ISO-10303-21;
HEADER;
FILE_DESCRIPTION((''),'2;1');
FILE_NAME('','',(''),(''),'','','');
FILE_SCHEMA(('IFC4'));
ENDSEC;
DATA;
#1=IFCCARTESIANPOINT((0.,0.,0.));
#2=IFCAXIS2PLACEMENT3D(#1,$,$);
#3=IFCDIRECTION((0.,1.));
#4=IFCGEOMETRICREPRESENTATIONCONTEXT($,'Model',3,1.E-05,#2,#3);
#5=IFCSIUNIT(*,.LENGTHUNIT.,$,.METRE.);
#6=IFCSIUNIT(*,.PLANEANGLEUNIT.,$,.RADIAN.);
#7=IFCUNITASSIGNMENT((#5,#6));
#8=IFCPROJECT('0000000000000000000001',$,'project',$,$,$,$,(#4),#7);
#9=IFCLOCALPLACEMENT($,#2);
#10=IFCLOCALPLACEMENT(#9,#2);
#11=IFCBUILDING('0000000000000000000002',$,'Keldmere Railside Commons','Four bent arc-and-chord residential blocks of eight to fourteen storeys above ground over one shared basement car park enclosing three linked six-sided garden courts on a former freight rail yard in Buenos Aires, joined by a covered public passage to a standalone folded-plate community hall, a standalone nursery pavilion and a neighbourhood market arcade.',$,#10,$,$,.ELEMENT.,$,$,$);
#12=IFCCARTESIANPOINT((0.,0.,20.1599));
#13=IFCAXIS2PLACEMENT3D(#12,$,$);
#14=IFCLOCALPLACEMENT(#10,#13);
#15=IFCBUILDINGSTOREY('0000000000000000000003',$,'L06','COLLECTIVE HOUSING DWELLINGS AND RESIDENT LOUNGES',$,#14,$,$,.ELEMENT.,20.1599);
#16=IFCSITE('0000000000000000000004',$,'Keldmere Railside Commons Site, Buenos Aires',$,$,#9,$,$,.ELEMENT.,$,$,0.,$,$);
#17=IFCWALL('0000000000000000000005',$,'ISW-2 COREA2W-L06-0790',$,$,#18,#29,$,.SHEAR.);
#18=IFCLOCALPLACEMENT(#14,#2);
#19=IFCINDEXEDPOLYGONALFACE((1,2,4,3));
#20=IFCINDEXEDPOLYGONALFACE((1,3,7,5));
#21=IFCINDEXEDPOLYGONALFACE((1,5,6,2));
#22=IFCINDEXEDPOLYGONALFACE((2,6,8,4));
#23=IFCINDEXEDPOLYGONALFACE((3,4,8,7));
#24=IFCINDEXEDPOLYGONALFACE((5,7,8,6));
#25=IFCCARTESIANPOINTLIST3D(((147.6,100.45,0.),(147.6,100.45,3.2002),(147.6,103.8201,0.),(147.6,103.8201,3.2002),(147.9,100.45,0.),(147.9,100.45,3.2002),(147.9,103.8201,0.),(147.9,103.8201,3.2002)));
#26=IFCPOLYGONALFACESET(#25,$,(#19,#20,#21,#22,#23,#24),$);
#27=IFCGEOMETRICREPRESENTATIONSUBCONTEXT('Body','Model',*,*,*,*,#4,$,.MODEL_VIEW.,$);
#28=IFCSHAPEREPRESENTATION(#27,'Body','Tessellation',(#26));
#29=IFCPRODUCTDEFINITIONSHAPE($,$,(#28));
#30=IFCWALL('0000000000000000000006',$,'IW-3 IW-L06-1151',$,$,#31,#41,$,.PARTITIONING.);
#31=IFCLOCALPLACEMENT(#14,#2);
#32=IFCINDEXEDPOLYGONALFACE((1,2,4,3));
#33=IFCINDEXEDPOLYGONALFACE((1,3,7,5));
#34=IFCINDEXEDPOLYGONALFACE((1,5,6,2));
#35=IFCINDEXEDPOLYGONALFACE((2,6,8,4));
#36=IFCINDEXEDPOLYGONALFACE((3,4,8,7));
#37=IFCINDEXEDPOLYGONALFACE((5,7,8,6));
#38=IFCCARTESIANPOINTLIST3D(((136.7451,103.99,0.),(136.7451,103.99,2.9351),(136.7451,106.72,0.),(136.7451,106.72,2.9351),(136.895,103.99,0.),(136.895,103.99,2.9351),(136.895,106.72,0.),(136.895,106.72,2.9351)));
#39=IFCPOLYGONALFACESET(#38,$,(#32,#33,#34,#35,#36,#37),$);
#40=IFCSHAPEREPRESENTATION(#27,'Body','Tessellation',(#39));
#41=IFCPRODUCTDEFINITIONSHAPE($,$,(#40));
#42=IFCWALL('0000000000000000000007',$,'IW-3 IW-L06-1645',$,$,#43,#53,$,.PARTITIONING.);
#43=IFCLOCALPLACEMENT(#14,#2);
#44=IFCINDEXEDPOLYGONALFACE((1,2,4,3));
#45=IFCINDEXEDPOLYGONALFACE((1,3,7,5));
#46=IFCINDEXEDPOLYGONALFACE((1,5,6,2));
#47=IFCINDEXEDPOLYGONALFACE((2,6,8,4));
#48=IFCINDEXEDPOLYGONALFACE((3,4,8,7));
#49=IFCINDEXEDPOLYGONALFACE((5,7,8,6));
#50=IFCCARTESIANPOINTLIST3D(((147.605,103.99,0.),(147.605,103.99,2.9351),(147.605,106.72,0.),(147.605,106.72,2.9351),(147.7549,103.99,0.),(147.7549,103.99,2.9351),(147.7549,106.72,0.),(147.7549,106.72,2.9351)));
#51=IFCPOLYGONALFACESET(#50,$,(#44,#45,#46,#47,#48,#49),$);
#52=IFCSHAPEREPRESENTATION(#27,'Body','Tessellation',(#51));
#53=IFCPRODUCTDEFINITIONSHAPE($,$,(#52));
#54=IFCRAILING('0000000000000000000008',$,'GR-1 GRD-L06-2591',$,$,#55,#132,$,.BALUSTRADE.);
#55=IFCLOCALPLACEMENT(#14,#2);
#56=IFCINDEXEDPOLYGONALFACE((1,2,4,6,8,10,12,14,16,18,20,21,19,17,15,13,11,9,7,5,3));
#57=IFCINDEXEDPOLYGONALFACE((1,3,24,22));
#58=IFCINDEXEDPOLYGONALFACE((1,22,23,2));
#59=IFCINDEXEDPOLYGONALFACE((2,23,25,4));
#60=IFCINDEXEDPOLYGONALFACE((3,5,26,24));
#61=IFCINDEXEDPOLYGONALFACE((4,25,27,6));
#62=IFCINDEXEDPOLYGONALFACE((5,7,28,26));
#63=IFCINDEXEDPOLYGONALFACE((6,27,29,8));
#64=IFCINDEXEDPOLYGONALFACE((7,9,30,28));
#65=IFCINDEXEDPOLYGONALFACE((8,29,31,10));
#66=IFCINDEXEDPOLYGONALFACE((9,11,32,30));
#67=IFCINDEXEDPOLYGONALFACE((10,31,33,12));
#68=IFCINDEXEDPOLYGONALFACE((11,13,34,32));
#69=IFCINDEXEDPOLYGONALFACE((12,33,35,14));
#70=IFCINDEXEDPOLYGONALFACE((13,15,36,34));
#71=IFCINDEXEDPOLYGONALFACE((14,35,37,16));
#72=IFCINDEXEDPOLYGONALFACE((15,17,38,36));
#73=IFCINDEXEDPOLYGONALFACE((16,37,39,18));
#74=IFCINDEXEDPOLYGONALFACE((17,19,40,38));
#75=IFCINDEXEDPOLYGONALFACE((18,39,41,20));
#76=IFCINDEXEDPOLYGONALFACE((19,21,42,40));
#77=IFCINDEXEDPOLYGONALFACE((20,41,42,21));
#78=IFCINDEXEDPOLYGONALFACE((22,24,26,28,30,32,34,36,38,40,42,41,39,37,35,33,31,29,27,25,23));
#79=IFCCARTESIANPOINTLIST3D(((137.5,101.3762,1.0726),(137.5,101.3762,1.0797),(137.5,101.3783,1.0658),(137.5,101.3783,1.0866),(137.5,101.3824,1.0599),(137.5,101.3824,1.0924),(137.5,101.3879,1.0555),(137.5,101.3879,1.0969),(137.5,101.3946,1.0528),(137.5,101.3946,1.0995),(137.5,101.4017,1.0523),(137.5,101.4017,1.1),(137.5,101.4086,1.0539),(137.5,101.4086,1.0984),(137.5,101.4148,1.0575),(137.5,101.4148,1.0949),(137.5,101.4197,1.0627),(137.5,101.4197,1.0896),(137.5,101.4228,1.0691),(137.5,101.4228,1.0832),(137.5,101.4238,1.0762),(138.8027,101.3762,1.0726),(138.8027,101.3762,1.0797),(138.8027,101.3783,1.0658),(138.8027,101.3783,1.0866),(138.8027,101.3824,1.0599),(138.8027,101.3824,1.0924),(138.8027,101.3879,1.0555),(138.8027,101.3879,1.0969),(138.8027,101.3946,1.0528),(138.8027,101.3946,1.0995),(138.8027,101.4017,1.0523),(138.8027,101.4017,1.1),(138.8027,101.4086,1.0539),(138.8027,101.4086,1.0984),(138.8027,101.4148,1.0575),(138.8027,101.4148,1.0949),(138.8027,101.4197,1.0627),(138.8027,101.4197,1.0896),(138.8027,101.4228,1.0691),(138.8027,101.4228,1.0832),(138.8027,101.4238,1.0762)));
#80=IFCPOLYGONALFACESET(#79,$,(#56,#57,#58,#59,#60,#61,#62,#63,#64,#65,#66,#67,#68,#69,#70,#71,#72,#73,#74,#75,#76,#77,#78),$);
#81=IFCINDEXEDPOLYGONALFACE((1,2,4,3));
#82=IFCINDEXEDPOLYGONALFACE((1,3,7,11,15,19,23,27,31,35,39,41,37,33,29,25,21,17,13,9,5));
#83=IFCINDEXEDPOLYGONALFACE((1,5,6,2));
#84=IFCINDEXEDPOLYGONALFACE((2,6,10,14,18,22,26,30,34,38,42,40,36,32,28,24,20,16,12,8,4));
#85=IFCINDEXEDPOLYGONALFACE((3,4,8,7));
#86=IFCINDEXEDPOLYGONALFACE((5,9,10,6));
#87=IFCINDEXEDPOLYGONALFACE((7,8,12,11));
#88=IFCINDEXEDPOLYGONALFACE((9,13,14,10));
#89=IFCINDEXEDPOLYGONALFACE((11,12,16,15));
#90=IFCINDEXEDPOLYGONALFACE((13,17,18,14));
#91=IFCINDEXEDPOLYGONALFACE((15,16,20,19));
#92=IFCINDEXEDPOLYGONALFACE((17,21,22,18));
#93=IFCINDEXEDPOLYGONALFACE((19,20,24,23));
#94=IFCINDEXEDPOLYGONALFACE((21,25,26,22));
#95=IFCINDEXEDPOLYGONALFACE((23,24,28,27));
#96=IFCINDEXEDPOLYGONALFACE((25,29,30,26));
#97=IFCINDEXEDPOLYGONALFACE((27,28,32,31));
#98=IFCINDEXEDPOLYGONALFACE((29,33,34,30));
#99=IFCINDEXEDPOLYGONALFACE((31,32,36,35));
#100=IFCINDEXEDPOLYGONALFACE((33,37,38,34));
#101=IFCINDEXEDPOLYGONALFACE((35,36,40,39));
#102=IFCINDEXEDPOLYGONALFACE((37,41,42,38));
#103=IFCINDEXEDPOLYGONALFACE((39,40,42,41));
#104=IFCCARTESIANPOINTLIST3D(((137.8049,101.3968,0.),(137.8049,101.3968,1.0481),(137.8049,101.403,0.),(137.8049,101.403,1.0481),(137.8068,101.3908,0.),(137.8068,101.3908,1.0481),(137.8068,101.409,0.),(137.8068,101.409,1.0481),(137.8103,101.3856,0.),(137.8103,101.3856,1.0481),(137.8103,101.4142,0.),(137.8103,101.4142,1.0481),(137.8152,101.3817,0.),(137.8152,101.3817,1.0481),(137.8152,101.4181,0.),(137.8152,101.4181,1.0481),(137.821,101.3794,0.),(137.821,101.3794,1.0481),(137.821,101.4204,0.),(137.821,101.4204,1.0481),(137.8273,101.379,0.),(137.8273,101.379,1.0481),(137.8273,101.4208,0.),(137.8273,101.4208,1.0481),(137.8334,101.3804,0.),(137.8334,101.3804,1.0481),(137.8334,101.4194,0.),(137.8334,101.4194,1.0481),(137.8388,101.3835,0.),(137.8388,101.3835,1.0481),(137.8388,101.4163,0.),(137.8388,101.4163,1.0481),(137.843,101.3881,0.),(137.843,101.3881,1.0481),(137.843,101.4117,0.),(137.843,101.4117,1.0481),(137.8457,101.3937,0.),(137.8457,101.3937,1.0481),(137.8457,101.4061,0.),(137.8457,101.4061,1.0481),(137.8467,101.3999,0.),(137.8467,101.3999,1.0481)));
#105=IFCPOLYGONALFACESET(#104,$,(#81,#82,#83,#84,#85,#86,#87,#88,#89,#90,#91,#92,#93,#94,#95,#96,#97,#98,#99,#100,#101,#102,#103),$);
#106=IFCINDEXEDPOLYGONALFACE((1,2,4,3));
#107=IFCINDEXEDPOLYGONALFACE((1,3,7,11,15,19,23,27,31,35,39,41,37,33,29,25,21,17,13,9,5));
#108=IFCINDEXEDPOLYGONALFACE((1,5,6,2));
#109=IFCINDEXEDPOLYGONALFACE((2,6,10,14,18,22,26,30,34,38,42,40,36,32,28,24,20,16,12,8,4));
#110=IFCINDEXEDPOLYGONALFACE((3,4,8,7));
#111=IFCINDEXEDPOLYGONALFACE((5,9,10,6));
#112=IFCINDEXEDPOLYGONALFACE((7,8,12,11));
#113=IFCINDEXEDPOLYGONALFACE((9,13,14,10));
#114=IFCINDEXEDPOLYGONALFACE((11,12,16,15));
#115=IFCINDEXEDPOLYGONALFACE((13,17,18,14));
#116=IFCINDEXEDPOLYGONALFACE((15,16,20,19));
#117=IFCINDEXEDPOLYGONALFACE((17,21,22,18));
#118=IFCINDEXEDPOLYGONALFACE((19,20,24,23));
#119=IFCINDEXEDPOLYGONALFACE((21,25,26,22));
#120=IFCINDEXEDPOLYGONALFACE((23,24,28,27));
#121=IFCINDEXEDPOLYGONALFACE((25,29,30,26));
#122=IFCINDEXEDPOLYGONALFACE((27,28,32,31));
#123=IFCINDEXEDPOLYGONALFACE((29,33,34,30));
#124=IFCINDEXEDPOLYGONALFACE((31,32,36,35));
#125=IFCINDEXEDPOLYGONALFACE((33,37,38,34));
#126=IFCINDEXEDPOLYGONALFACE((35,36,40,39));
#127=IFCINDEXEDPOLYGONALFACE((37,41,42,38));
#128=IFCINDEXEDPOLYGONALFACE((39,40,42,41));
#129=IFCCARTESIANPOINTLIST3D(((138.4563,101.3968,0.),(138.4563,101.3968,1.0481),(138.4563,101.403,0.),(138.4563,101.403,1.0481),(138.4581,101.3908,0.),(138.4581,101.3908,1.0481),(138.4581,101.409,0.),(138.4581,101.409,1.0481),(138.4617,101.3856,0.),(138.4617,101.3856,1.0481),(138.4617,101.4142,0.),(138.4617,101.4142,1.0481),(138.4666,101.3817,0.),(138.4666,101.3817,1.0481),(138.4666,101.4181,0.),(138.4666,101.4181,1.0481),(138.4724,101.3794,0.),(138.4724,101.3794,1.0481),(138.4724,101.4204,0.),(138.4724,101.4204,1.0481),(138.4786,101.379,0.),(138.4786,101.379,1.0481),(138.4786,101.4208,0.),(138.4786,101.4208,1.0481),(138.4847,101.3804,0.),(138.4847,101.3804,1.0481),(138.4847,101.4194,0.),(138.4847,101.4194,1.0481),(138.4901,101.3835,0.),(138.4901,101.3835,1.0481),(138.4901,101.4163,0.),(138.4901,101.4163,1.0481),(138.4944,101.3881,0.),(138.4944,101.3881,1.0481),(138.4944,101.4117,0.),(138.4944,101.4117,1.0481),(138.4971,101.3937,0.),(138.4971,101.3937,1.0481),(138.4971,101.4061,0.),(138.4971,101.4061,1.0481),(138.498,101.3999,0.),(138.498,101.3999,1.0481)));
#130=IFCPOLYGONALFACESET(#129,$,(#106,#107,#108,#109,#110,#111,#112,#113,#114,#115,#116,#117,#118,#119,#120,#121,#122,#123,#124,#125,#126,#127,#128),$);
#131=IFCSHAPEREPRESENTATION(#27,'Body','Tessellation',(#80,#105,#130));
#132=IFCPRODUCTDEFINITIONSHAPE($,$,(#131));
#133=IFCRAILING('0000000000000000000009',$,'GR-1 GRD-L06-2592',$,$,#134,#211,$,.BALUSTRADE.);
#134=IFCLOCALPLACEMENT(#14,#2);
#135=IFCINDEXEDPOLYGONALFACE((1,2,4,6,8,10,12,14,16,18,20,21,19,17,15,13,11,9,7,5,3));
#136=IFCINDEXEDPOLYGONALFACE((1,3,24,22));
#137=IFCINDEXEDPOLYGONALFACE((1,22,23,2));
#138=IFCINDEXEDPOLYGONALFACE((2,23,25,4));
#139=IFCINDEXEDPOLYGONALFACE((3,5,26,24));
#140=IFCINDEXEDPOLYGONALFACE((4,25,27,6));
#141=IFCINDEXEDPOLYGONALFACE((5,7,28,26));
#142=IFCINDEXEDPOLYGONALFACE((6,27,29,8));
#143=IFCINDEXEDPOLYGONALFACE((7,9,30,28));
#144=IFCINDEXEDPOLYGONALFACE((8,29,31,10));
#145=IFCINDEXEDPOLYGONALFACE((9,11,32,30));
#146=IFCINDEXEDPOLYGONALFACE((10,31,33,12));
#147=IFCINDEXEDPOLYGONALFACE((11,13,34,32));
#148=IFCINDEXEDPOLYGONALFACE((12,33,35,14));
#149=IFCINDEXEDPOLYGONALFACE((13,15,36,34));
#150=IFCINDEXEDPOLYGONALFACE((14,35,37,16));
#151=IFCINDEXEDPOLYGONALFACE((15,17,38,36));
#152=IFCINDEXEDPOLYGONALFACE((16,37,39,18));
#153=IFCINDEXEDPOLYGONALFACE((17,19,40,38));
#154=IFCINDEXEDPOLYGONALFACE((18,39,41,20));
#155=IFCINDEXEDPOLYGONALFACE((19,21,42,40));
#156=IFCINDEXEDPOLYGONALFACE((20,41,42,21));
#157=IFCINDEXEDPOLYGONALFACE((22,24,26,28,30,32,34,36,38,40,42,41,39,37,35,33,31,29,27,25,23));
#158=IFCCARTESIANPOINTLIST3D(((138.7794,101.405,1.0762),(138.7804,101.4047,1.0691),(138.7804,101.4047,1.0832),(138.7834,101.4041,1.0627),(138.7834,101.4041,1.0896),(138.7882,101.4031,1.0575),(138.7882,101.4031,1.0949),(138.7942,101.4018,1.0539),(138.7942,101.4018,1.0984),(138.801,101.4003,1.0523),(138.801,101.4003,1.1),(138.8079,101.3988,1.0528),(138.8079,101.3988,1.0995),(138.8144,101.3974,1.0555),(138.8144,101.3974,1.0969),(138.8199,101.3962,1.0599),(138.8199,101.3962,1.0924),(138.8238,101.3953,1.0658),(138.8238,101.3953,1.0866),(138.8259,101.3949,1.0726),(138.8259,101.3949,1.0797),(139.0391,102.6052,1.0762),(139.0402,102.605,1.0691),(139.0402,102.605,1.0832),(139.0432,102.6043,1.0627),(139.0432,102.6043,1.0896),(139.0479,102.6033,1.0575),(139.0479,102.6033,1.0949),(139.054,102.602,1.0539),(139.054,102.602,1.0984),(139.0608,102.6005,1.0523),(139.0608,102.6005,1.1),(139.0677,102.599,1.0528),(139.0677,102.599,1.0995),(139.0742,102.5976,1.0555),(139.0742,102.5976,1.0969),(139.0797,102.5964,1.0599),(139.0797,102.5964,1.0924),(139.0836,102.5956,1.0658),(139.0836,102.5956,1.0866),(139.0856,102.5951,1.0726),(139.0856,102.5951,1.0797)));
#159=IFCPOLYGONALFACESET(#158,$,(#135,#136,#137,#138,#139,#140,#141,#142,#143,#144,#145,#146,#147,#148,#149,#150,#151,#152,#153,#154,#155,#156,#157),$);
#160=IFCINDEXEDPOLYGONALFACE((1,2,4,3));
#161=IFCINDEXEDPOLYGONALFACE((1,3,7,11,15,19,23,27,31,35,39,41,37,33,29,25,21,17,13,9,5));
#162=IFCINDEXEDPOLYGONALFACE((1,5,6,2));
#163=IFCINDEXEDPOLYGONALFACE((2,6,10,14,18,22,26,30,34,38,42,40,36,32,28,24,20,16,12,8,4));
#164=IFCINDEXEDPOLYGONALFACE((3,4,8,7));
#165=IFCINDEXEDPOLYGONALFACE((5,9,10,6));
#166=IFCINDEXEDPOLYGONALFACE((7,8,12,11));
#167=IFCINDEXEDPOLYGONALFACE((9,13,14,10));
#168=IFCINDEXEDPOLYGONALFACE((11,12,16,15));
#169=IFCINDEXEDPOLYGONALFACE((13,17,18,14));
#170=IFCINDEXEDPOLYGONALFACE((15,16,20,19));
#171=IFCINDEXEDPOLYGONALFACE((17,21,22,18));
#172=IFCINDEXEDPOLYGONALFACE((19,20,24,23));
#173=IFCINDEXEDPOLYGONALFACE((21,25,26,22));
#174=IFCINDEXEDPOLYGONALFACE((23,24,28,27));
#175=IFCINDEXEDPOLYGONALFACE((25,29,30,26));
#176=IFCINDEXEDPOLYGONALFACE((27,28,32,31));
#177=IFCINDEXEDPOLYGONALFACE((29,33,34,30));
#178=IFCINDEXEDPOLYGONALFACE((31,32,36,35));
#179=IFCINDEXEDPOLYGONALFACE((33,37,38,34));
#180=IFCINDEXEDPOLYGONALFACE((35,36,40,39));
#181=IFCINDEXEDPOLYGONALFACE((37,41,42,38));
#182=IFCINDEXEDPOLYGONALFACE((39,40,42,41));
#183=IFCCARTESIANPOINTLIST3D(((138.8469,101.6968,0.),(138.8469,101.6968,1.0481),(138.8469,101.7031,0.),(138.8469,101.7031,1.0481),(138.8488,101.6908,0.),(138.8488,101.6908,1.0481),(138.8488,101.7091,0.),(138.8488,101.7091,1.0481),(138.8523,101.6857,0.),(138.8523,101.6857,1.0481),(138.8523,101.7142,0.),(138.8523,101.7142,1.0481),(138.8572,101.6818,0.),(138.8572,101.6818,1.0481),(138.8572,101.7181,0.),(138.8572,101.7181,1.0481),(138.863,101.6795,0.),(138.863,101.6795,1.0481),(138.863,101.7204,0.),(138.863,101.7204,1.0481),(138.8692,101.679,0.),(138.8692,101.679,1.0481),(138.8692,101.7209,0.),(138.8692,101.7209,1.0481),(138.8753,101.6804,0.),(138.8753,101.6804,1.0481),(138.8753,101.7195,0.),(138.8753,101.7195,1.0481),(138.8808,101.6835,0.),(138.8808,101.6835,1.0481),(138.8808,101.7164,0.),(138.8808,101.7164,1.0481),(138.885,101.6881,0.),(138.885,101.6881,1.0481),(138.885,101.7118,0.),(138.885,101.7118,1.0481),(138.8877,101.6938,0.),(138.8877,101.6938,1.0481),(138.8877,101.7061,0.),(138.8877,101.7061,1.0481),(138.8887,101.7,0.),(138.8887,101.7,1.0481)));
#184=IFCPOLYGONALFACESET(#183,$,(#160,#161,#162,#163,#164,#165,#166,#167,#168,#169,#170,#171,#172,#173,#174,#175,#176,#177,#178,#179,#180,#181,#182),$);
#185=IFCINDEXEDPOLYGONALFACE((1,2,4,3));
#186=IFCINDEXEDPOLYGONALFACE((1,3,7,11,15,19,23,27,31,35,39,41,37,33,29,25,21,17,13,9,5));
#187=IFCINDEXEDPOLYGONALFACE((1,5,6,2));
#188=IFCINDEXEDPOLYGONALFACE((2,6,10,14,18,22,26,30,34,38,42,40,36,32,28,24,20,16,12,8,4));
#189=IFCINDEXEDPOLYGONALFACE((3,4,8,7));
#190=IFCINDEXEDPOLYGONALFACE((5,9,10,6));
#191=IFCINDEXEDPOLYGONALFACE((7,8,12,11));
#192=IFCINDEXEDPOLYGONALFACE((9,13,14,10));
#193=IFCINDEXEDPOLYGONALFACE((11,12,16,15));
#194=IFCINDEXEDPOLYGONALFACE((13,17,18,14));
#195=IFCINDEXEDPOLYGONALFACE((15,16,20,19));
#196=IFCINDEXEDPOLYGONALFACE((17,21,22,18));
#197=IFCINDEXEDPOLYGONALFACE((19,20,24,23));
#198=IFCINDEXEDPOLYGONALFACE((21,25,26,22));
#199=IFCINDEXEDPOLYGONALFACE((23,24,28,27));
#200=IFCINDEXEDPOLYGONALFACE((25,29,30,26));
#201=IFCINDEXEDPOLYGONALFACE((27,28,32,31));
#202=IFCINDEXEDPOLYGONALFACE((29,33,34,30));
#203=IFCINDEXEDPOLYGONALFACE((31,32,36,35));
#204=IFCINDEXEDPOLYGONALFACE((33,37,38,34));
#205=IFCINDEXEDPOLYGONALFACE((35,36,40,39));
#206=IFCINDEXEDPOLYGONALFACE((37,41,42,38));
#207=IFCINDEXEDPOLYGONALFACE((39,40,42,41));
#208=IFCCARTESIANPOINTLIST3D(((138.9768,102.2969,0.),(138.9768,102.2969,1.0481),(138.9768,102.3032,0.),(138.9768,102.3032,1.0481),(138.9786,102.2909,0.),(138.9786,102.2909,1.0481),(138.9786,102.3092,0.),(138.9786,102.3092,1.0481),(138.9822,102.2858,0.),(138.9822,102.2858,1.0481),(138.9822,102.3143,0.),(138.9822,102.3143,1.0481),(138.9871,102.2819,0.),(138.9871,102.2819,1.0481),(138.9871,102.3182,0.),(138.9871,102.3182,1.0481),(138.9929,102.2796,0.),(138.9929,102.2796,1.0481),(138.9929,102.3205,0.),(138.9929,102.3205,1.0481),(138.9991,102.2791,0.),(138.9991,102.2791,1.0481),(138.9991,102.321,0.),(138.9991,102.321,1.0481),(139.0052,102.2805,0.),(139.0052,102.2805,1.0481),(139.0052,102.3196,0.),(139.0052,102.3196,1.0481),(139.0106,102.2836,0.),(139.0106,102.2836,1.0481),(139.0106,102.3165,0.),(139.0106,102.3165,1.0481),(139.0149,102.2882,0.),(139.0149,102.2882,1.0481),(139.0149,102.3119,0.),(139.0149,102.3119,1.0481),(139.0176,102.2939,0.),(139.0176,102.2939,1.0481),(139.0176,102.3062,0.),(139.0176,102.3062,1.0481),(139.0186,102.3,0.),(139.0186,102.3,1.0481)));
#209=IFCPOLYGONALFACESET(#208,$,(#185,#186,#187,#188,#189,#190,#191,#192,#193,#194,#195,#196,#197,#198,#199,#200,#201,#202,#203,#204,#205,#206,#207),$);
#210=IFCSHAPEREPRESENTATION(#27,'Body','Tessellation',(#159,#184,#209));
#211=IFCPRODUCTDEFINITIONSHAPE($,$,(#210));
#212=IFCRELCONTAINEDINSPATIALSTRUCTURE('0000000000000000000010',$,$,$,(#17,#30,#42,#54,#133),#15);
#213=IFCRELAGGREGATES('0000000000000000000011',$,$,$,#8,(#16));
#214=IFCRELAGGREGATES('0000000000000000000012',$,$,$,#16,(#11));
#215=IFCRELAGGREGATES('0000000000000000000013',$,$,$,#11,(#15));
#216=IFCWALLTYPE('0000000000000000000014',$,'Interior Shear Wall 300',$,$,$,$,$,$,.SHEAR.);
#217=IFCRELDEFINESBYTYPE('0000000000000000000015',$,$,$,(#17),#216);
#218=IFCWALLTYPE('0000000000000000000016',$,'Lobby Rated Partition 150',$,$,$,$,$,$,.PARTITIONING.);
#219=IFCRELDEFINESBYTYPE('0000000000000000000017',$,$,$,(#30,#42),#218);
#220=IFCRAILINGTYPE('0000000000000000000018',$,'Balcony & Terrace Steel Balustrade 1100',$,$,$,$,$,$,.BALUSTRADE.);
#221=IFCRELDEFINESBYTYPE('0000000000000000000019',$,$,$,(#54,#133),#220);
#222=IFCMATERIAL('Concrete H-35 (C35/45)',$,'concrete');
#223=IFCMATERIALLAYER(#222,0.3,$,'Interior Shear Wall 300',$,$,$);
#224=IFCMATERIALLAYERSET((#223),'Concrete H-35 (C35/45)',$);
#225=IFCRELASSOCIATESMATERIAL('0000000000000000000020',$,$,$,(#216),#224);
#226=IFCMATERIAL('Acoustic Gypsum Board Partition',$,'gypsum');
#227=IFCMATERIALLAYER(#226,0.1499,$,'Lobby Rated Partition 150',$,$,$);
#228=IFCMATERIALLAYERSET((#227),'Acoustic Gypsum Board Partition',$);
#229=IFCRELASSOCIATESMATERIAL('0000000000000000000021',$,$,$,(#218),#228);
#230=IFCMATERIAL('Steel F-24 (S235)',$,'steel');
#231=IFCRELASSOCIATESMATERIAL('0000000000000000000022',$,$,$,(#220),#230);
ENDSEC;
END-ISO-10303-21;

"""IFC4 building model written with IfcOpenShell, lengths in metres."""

from ifc_helpers import new_model, si_unit, direction, frame, frame_2d, origin, origin_2d, place, context, subcontext, project, spatial, rectangle, circle, extrude, material, layer, layer_set, type_object, element, save


model = new_model("IFC4")

# Units and contexts
model_context = context("Model", 3, precision=1e-05, world=origin(), true_north=direction((0.0, 1.0)))
body_context = subcontext(model_context, "Body", "Model", "MODEL_VIEW")
ifc_project = project(units=[si_unit("LENGTHUNIT", "METRE"), si_unit("PLANEANGLEUNIT", "RADIAN")], contexts=[model_context])

# Site, building, storey
site_placement = place(None, origin())
site = spatial("IfcSite", under=ifc_project, at=site_placement, Name="Keldmere Railside Commons Site, Buenos Aires", CompositionType="ELEMENT", RefElevation=0.0)
building_placement = place(site_placement, origin())
building = spatial("IfcBuilding", under=site, at=building_placement, Name="Keldmere Railside Commons", Description="Four bent arc-and-chord residential blocks of eight to fourteen storeys above ground over one shared basement car park enclosing three linked six-sided garden courts on a former freight rail yard in Buenos Aires, joined by a covered public passage to a standalone folded-plate community hall, a standalone nursery pavilion and a neighbourhood market arcade.", CompositionType="ELEMENT")
storey_placement = place(building_placement, frame((0.0, 0.0, 20.1599)))
storey = spatial("IfcBuildingStorey", under=building, at=storey_placement, Name="L06", Description="COLLECTIVE HOUSING DWELLINGS AND RESIDENT LOUNGES", CompositionType="ELEMENT", Elevation=20.1599)

# Shared definitions
ifc_material_1 = material(Name="Acoustic Gypsum Board Partition", Category="gypsum")
ifc_material_2 = material(Name="Steel F-24 (S235)", Category="steel")

# Shared definitions
ifc_material_3 = material(Name="Concrete H-35 (C35/45)", Category="concrete")

# Wall
ifc_layer_1 = layer(ifc_material_3, 0.3, Name="Interior Shear Wall 300")
ifc_layer_set_1 = layer_set([ifc_layer_1], Name="Concrete H-35 (C35/45)")
wall_type_1 = type_object("IfcWallType", Name="Interior Shear Wall 300", PredefinedType="SHEAR", material=ifc_layer_set_1)
wall_1_placement = place(storey_placement, frame((147.75, 103.8201, 0.0), z_axis=(0.0, 0.0, 1.0), x_axis=(0.0, -1.0, 0.0)))
element("IfcWall", 1, at=wall_1_placement, inside=storey, type_object=wall_type_1, Name="ISW-2 COREA2W-L06-0790", PredefinedType="SHEAR", context=body_context, shape_type="SweptSolid", body=[
    extrude(rectangle(XDim=3.3701, YDim=0.3, at=frame_2d((1.6851, 0.0))), origin(), (0.0, 0.0, 1.0), 3.2002),
])

# Walls
ifc_layer_2 = layer(ifc_material_1, 0.1499, Name="Lobby Rated Partition 150")
ifc_layer_set_2 = layer_set([ifc_layer_2], Name="Acoustic Gypsum Board Partition")
wall_type_2 = type_object("IfcWallType", Name="Lobby Rated Partition 150", PredefinedType="PARTITIONING", material=ifc_layer_set_2)
for number, where, z_axis, x_axis, name in (
    (2, (136.8201, 103.99, 0.0), (0.0, 0.0, 1.0), (0.0, 1.0, 0.0), "IW-3 IW-L06-1151"),
    (3, (147.6799, 103.99, 0.0), (0.0, 0.0, 1.0), (0.0, 1.0, 0.0), "IW-3 IW-L06-1645"),
):
    element("IfcWall", number, at=place(storey_placement, frame(where, z_axis=z_axis, x_axis=x_axis)), inside=storey, type_object=wall_type_2, Name=name, PredefinedType="PARTITIONING", context=body_context, shape_type="SweptSolid", body=[
        extrude(rectangle(XDim=2.73, YDim=0.1499, at=frame_2d((1.365, 0.0))), origin(), (0.0, 0.0, 1.0), 2.9351),
    ])

# Railings
railing_type_1 = type_object("IfcRailingType", Name="Balcony & Terrace Steel Balustrade 1100", PredefinedType="BALUSTRADE", material=ifc_material_2)
railing_1_placement = place(storey_placement, frame((137.5, 101.3999, 0.0)))
element("IfcRailing", 4, at=railing_1_placement, inside=storey, type_object=railing_type_1, Name="GR-1 GRD-L06-2591", PredefinedType="BALUSTRADE", context=body_context, shape_type="SweptSolid", body=[
    extrude(circle(Radius=0.0239, at=origin_2d()), frame((0.0, 0.0, 1.0762), z_axis=(1.0, 0.0, 0.0), x_axis=(0.0, 1.0, 0.0)), (0.0, 0.0, 1.0), 1.3027),
    extrude(circle(Radius=0.021, at=origin_2d()), frame((0.3257, 0.0, 0.0)), (0.0, 0.0, 1.0), 1.0481),
    extrude(circle(Radius=0.021, at=origin_2d()), frame((0.9771, 0.0, 0.0)), (0.0, 0.0, 1.0), 1.0481),
])
railing_2_placement = place(storey_placement, frame((138.8027, 101.3999, 0.0)))
element("IfcRailing", 5, at=railing_2_placement, inside=storey, type_object=railing_type_1, Name="GR-1 GRD-L06-2592", PredefinedType="BALUSTRADE", context=body_context, shape_type="SweptSolid", body=[
    extrude(circle(Radius=0.0239, at=origin_2d()), frame((0.0, 0.0, 1.0762), z_axis=(0.211538, 0.97737, 0.0), x_axis=(-0.97737, 0.211538, 0.0)), (0.0, 0.0, 1.0), 1.228),
    extrude(circle(Radius=0.021, at=origin_2d()), frame((0.0649, 0.3, 0.0)), (0.0, 0.0, 1.0), 1.0481),
    extrude(circle(Radius=0.021, at=origin_2d()), frame((0.1948, 0.9001, 0.0)), (0.0, 0.0, 1.0), 1.0481),
])

save(model, "model.ifc")
